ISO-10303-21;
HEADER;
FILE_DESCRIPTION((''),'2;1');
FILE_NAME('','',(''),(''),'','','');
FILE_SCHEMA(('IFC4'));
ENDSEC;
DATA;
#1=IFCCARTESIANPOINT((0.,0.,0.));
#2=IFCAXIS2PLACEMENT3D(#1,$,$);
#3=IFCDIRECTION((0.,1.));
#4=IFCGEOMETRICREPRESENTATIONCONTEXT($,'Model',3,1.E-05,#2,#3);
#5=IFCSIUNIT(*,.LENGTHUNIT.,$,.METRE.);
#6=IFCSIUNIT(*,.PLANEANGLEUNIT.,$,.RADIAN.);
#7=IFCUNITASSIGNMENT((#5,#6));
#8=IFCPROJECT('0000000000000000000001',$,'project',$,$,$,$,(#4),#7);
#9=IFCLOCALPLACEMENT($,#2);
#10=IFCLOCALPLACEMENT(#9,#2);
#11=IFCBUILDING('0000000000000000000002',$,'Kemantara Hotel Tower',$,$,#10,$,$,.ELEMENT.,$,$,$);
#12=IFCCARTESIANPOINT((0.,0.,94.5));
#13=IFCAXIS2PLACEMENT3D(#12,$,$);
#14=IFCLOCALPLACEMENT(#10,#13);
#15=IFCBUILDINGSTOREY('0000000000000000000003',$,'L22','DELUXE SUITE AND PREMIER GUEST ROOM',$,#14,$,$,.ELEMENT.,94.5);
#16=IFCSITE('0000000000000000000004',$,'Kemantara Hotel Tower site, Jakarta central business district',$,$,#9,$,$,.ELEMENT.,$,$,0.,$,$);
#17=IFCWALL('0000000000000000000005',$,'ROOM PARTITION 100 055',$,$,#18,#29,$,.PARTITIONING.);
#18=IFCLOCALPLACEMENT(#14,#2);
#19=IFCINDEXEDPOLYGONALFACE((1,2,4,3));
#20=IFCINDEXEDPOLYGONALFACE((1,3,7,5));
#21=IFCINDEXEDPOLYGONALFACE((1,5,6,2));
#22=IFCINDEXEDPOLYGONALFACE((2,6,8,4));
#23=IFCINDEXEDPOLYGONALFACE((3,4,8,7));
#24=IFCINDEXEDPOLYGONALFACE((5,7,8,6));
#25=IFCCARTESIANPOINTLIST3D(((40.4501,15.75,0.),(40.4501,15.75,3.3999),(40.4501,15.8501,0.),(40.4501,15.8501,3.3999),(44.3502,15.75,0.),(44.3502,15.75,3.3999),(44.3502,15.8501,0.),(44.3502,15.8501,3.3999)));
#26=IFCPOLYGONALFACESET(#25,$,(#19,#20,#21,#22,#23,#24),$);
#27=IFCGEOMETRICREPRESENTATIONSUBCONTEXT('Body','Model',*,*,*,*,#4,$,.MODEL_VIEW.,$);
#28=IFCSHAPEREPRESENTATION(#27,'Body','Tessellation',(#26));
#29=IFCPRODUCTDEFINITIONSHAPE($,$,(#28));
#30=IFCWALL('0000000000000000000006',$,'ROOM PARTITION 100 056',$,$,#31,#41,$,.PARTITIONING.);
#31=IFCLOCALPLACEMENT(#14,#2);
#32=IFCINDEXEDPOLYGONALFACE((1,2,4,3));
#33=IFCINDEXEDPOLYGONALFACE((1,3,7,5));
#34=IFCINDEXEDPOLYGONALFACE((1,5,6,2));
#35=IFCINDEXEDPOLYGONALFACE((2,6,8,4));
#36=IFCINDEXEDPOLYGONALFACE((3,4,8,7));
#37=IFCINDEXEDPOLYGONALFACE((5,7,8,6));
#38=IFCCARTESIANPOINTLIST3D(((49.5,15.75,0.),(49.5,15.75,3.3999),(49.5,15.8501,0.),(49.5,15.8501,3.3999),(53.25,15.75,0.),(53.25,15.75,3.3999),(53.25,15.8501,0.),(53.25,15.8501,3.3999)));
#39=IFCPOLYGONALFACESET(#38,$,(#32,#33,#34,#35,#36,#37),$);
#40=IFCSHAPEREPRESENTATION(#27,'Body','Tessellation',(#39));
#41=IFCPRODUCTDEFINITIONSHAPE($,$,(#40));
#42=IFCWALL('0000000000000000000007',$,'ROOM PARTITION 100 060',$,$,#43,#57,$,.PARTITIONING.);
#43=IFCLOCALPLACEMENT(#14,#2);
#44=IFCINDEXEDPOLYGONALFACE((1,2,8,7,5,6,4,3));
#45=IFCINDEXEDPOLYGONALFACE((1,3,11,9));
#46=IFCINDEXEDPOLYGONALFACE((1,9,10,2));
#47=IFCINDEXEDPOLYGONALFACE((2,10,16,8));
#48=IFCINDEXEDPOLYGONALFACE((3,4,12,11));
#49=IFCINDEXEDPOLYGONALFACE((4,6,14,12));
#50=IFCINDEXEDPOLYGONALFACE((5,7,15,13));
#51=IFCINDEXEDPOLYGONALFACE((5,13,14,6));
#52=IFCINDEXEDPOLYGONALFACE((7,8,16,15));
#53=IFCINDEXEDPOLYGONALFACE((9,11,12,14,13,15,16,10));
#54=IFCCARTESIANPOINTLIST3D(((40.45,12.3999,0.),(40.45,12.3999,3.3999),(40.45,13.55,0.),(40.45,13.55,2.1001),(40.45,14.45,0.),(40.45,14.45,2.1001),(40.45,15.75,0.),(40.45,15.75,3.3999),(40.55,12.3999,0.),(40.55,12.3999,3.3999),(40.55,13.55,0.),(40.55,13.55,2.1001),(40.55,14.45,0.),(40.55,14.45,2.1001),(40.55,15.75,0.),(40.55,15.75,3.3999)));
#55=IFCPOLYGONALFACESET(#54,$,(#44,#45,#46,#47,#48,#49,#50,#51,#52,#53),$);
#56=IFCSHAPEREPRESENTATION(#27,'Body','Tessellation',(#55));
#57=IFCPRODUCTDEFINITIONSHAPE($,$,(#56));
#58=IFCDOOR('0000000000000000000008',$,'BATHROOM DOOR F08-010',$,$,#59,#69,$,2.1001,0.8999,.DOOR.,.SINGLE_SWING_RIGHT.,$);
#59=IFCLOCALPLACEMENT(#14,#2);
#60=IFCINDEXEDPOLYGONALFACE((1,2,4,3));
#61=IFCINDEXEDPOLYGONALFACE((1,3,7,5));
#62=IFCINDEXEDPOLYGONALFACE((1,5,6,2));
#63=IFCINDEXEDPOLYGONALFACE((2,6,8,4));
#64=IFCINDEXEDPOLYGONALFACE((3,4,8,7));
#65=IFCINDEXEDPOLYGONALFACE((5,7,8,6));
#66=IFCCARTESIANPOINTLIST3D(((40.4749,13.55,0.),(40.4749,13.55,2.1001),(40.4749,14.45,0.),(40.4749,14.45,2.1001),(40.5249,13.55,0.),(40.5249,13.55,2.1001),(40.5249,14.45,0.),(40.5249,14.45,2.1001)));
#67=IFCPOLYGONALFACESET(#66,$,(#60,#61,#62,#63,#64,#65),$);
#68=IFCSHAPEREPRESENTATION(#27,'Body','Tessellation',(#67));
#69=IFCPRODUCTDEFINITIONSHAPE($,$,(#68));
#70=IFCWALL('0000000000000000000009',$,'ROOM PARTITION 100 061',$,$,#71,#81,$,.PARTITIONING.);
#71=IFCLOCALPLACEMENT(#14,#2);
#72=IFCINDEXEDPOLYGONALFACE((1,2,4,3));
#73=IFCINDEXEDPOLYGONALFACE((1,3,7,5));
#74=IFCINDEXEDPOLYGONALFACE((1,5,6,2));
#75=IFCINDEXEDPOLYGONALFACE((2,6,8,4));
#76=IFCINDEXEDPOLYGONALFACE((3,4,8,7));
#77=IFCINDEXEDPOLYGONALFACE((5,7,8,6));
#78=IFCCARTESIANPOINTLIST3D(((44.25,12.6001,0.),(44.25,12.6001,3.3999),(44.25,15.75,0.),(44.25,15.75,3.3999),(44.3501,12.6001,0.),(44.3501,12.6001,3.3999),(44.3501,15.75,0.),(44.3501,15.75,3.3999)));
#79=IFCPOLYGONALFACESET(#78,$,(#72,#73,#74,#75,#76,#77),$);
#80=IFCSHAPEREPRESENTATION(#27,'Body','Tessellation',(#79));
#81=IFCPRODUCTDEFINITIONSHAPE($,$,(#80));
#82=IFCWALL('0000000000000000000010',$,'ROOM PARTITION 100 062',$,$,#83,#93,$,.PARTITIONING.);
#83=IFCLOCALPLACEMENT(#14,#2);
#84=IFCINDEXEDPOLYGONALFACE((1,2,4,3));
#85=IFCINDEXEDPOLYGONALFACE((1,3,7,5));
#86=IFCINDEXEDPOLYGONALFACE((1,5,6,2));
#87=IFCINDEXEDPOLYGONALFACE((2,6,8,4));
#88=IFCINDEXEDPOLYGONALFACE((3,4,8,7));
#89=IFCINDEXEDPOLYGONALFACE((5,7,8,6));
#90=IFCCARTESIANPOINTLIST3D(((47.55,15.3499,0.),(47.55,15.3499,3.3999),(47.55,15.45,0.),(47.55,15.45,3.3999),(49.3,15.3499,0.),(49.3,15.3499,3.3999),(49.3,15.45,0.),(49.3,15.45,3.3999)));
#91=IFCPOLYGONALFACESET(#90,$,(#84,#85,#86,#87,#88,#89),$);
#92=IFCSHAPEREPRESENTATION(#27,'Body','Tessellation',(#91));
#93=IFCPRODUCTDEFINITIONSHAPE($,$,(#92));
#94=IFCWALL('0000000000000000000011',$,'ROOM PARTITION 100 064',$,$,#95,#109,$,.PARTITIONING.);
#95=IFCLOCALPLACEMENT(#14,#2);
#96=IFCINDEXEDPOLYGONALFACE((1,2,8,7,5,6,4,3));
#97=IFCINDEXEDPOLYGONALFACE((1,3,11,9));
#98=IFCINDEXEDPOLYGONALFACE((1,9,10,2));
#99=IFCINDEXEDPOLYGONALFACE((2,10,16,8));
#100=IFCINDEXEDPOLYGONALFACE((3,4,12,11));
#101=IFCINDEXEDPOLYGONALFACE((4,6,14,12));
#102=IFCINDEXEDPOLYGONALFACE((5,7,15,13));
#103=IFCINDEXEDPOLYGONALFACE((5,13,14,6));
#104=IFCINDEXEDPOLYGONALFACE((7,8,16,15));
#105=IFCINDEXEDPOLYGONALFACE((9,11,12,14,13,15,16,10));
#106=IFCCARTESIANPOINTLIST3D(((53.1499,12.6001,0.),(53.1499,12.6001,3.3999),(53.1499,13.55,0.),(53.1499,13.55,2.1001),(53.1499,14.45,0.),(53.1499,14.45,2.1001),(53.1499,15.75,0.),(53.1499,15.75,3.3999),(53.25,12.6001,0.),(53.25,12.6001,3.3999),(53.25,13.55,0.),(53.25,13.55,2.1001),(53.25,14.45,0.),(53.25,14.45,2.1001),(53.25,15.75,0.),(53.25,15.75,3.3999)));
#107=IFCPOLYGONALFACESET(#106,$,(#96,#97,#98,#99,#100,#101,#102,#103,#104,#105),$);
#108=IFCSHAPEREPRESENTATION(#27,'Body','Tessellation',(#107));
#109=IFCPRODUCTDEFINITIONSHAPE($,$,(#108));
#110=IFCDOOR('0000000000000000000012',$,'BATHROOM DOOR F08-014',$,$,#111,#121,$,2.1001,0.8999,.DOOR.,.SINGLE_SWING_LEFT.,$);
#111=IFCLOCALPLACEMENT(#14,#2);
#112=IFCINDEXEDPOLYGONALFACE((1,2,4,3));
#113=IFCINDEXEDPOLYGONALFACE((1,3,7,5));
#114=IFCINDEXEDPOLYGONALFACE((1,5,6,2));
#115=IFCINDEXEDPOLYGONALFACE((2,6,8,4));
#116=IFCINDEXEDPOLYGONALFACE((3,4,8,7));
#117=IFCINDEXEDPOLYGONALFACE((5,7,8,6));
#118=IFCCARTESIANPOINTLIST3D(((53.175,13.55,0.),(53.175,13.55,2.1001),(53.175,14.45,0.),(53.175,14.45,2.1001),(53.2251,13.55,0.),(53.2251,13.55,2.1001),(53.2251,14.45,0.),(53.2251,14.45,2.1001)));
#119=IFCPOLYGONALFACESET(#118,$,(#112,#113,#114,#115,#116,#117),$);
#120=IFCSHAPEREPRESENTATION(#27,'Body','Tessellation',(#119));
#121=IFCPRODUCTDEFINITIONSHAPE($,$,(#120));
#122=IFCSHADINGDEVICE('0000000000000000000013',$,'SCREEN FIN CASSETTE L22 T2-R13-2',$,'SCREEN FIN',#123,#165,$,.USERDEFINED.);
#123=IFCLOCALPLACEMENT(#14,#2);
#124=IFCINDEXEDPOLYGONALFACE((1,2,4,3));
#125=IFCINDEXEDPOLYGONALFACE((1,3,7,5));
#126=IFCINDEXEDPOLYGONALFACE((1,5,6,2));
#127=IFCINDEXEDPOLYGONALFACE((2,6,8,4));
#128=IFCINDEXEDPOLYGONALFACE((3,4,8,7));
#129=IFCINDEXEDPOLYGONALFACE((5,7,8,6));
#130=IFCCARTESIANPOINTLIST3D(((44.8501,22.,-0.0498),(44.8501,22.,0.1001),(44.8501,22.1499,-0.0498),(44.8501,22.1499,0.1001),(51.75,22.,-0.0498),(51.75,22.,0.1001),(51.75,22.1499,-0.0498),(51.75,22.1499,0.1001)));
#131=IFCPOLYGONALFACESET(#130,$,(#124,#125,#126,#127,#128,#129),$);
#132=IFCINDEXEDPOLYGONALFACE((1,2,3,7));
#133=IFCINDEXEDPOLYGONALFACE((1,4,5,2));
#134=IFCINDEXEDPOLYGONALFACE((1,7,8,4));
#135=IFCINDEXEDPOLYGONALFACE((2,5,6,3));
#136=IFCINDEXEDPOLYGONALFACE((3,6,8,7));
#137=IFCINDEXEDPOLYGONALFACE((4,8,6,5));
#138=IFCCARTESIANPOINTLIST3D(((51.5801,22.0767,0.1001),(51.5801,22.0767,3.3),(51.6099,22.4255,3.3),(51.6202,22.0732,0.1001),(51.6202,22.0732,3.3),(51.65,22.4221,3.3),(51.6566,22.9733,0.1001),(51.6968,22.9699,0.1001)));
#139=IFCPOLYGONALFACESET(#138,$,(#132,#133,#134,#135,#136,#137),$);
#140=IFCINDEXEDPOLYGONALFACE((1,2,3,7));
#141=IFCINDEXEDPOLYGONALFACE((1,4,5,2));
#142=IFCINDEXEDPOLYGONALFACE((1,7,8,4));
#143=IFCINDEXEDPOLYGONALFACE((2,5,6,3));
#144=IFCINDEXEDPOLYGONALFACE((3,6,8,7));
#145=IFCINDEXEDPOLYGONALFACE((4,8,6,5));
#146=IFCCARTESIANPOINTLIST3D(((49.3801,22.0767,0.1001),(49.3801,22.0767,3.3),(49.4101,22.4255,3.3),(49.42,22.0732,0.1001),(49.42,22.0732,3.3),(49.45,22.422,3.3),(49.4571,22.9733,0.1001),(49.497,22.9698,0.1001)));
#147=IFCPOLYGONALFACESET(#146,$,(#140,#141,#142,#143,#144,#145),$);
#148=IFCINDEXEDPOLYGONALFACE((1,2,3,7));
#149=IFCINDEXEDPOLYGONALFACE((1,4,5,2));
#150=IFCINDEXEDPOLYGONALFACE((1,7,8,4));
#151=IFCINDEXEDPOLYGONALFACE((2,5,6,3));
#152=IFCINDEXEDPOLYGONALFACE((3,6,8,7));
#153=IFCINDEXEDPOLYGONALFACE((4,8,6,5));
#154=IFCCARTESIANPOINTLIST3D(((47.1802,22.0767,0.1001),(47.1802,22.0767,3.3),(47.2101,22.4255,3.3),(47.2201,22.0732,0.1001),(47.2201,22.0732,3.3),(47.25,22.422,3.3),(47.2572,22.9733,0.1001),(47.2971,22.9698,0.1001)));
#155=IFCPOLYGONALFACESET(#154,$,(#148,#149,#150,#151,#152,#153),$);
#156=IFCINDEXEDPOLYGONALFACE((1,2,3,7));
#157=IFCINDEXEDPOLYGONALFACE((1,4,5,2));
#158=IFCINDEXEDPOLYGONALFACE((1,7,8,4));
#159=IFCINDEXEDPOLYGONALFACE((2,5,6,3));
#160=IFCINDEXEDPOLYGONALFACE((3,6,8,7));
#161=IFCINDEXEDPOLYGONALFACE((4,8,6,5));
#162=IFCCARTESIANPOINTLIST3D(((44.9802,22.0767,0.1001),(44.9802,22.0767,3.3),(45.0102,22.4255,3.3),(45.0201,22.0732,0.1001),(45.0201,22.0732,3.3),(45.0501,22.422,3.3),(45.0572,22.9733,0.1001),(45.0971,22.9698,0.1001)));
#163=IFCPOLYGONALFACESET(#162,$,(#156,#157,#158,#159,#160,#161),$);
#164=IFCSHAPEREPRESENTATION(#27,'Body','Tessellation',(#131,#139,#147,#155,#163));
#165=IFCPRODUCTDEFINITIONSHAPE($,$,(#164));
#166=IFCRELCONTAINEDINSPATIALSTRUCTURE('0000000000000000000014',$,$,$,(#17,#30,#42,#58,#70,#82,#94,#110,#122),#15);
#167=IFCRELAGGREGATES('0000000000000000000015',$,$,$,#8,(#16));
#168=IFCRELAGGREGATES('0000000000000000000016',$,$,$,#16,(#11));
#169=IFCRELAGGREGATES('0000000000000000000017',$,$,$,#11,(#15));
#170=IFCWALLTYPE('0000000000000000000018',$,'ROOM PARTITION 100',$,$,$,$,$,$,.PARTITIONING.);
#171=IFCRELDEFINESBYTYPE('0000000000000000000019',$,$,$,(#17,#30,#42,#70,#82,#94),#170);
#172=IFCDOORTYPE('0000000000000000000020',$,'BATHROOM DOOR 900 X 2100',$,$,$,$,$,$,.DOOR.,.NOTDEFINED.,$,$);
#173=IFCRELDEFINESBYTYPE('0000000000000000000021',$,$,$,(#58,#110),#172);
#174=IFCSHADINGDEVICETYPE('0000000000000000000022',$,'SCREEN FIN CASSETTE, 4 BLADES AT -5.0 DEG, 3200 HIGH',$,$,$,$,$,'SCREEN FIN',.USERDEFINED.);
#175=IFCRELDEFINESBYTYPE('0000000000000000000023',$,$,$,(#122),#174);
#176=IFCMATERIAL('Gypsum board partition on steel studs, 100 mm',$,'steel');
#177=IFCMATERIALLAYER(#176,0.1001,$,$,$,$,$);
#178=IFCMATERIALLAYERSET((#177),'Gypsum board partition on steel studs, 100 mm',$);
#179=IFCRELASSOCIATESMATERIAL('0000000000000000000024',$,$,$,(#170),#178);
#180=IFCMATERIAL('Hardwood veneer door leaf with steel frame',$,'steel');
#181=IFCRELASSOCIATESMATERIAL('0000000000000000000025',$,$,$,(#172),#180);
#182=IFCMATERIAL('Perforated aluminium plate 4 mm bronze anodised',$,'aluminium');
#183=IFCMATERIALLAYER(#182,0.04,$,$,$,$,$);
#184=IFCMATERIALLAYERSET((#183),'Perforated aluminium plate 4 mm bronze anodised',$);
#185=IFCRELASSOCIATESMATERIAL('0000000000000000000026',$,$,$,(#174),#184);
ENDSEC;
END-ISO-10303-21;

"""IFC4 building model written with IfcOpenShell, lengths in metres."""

from ifc_helpers import new_model, si_unit, direction, frame, frame_2d, origin, origin_2d, place, context, subcontext, project, spatial, polyline, rectangle, outline, extrude, source, transform, mapped, material, layer, layer_set, type_object, element, fill, save


model = new_model("IFC4")

# Units and contexts
model_context = context("Model", 3, precision=1e-05, world=origin(), true_north=direction((0.0, 1.0)))
body_context = subcontext(model_context, "Body", "Model", "MODEL_VIEW")
ifc_project = project(units=[si_unit("LENGTHUNIT", "METRE"), si_unit("PLANEANGLEUNIT", "RADIAN")], contexts=[model_context])

# Site, building, storey
site_placement = place(None, origin())
site = spatial("IfcSite", under=ifc_project, at=site_placement, Name="Kemantara Hotel Tower site, Jakarta central business district", CompositionType="ELEMENT", RefElevation=0.0)
building_placement = place(site_placement, origin())
building = spatial("IfcBuilding", under=site, at=building_placement, Name="Kemantara Hotel Tower", CompositionType="ELEMENT")
storey_placement = place(building_placement, frame((0.0, 0.0, 94.5)))
storey = spatial("IfcBuildingStorey", under=building, at=storey_placement, Name="L22", Description="DELUXE SUITE AND PREMIER GUEST ROOM", CompositionType="ELEMENT", Elevation=94.5)

# Walls
ifc_material_1 = material(Name="Gypsum board partition on steel studs, 100 mm", Category="steel")
ifc_layer_1 = layer(ifc_material_1, 0.1001)
ifc_layer_set_1 = layer_set([ifc_layer_1], Name="Gypsum board partition on steel studs, 100 mm")
wall_type_1 = type_object("IfcWallType", Name="ROOM PARTITION 100", PredefinedType="PARTITIONING", material=ifc_layer_set_1)
wall_1_placement = place(storey_placement, frame((40.45, 15.8, 0.0), z_axis=(0.0, 0.0, 1.0), x_axis=(1.0, 0.0, 0.0)))
element("IfcWall", 1, at=wall_1_placement, inside=storey, type_object=wall_type_1, Name="ROOM PARTITION 100 055", PredefinedType="PARTITIONING", context=body_context, shape_type="SweptSolid", body=[
    extrude(rectangle(XDim=3.9001, YDim=0.1001, at=frame_2d((1.9502, 0.0))), origin(), (0.0, 0.0, 1.0), 3.3999),
])
wall_2_placement = place(storey_placement, frame((49.5, 15.8, 0.0), z_axis=(0.0, 0.0, 1.0), x_axis=(1.0, 0.0, 0.0)))
element("IfcWall", 2, at=wall_2_placement, inside=storey, type_object=wall_type_1, Name="ROOM PARTITION 100 056", PredefinedType="PARTITIONING", context=body_context, shape_type="SweptSolid", body=[
    extrude(rectangle(XDim=3.75, YDim=0.1001, at=frame_2d((1.875, 0.0))), origin(), (0.0, 0.0, 1.0), 3.3999),
])

# Wall, opening, door
wall_3_placement = place(storey_placement, frame((40.5, 15.75, 0.0), z_axis=(0.0, 0.0, 1.0), x_axis=(0.0, -1.0, 0.0)))
wall_3 = element("IfcWall", 3, at=wall_3_placement, inside=storey, type_object=wall_type_1, Name="ROOM PARTITION 100 060", PredefinedType="PARTITIONING", context=body_context, shape_type="SweptSolid", body=[
    extrude(rectangle(XDim=3.3501, YDim=0.1001, at=frame_2d((1.675, 0.0))), origin(), (0.0, 0.0, 1.0), 3.3999),
])
opening_1_placement = place(wall_3_placement, frame((1.3, 0.0, 0.0)))
opening_1 = element("IfcOpeningElement", 4, at=opening_1_placement, cuts=wall_3, PredefinedType="OPENING", context=body_context, shape_type="SweptSolid", body=[
    extrude(rectangle(XDim=0.8999, YDim=2.1001, at=frame_2d((0.45, 1.05))), frame((0.0, 0.0601, 0.0), z_axis=(0.0, -1.0, 0.0), x_axis=(1.0, 0.0, 0.0)), (0.0, 0.0, 1.0), 0.1201),
])
ifc_material_2 = material(Name="Hardwood veneer door leaf with steel frame", Category="steel")
door_type = type_object("IfcDoorType", Name="BATHROOM DOOR 900 X 2100", OperationType="NOTDEFINED", PredefinedType="DOOR", material=ifc_material_2)
door_1_placement = place(opening_1_placement, origin())
door_1 = element("IfcDoor", 5, at=door_1_placement, inside=storey, type_object=door_type, Name="BATHROOM DOOR F08-010", OperationType="SINGLE_SWING_RIGHT", OverallHeight=2.1001, OverallWidth=0.8999, PredefinedType="DOOR", context=body_context, shape_type="SweptSolid", body=[
    extrude(rectangle(XDim=0.8999, YDim=2.1001, at=frame_2d((0.45, 1.05))), frame((0.0, 0.0249, 0.0), z_axis=(0.0, -1.0, 0.0), x_axis=(1.0, 0.0, 0.0)), (0.0, 0.0, 1.0), 0.05),
])
fill(opening_1, door_1)

# Walls
wall_4_placement = place(storey_placement, frame((44.3, 12.6001, 0.0), z_axis=(0.0, 0.0, 1.0), x_axis=(0.0, 1.0, 0.0)))
element("IfcWall", 6, at=wall_4_placement, inside=storey, type_object=wall_type_1, Name="ROOM PARTITION 100 061", PredefinedType="PARTITIONING", context=body_context, shape_type="SweptSolid", body=[
    extrude(rectangle(XDim=3.1499, YDim=0.1001, at=frame_2d((1.575, 0.0))), origin(), (0.0, 0.0, 1.0), 3.3999),
])
wall_5_placement = place(storey_placement, frame((47.55, 15.3999, 0.0), z_axis=(0.0, 0.0, 1.0), x_axis=(1.0, 0.0, 0.0)))
element("IfcWall", 7, at=wall_5_placement, inside=storey, type_object=wall_type_1, Name="ROOM PARTITION 100 062", PredefinedType="PARTITIONING", context=body_context, shape_type="SweptSolid", body=[
    extrude(rectangle(XDim=1.75, YDim=0.1001, at=frame_2d((0.875, 0.0))), origin(), (0.0, 0.0, 1.0), 3.3999),
])

# Wall, opening, door
wall_6_placement = place(storey_placement, frame((53.2, 12.6001, 0.0), z_axis=(0.0, 0.0, 1.0), x_axis=(0.0, 1.0, 0.0)))
wall_6 = element("IfcWall", 8, at=wall_6_placement, inside=storey, type_object=wall_type_1, Name="ROOM PARTITION 100 064", PredefinedType="PARTITIONING", context=body_context, shape_type="SweptSolid", body=[
    extrude(rectangle(XDim=3.1499, YDim=0.1001, at=frame_2d((1.575, 0.0))), origin(), (0.0, 0.0, 1.0), 3.3999),
])
opening_2_placement = place(wall_6_placement, frame((0.95, 0.0, 0.0)))
opening_2 = element("IfcOpeningElement", 9, at=opening_2_placement, cuts=wall_6, PredefinedType="OPENING", context=body_context, shape_type="SweptSolid", body=[
    extrude(rectangle(XDim=0.8999, YDim=2.1001, at=frame_2d((0.45, 1.05))), frame((0.0, 0.0601, 0.0), z_axis=(0.0, -1.0, 0.0), x_axis=(1.0, 0.0, 0.0)), (0.0, 0.0, 1.0), 0.1201),
])
door_2_placement = place(opening_2_placement, origin())
door_2 = element("IfcDoor", 10, at=door_2_placement, inside=storey, type_object=door_type, Name="BATHROOM DOOR F08-014", OperationType="SINGLE_SWING_LEFT", OverallHeight=2.1001, OverallWidth=0.8999, PredefinedType="DOOR", context=body_context, shape_type="SweptSolid", body=[
    extrude(rectangle(XDim=0.8999, YDim=2.1001, at=frame_2d((0.45, 1.05))), frame((0.0, 0.0249, 0.0), z_axis=(0.0, -1.0, 0.0), x_axis=(1.0, 0.0, 0.0)), (0.0, 0.0, 1.0), 0.05),
])
fill(opening_2, door_2)

# Shading device
ifc_material_3 = material(Name="Perforated aluminium plate 4 mm bronze anodised", Category="aluminium")
ifc_layer_2 = layer(ifc_material_3, 0.04)
ifc_layer_set_2 = layer_set([ifc_layer_2], Name="Perforated aluminium plate 4 mm bronze anodised")
shading_device_type_1 = type_object("IfcShadingDeviceType", Name="SCREEN FIN CASSETTE, 4 BLADES AT -5.0 DEG, 3200 HIGH", ElementType="SCREEN FIN", PredefinedType="USERDEFINED", material=ifc_layer_set_2)
shared_shape_1 = source(origin(), body_context, "Body", "SweptSolid", [
    extrude(rectangle(XDim=6.8999, YDim=0.1499, at=origin_2d()), frame((3.3, -0.075, -0.1499), z_axis=(0.0, 0.0, 1.0), x_axis=(1.0, 0.0, 0.0)), (0.0, 0.0, 1.0), 0.1499),
    extrude(outline(polyline([(0.0, 0.0), (0.8999, 0.0), (0.3501, 3.2), (0.0, 3.2), (0.0, 0.0)])), frame((0.02, -0.0767, 0.0), z_axis=(-0.996376, 0.085056, 0.0), x_axis=(-0.085056, -0.996376, 0.0)), (0.0, 0.0, 1.0), 0.0403),
    extrude(outline(polyline([(0.0, 0.0), (0.8999, 0.0), (0.3501, 3.2), (0.0, 3.2), (0.0, 0.0)])), frame((2.22, -0.0767, 0.0), z_axis=(-0.996332, 0.085575, 0.0), x_axis=(-0.085575, -0.996332, 0.0)), (0.0, 0.0, 1.0), 0.04),
    extrude(outline(polyline([(0.0, 0.0), (0.8999, 0.0), (0.3501, 3.2), (0.0, 3.2), (0.0, 0.0)])), frame((4.4199, -0.0767, 0.0), z_axis=(-0.996332, 0.085575, 0.0), x_axis=(-0.085575, -0.996332, 0.0)), (0.0, 0.0, 1.0), 0.04),
    extrude(outline(polyline([(0.0, 0.0), (0.8999, 0.0), (0.3501, 3.2), (0.0, 3.2), (0.0, 0.0)])), frame((6.6199, -0.0767, 0.0), z_axis=(-0.996332, 0.085575, 0.0), x_axis=(-0.085575, -0.996332, 0.0)), (0.0, 0.0, 1.0), 0.04),
])
shading_device_1_placement = place(storey_placement, frame((51.6001, 22.0, 0.1001), z_axis=(0.0, 0.0, 1.0), x_axis=(-1.0, 0.0, 0.0)))
element("IfcShadingDevice", 11, at=shading_device_1_placement, inside=storey, type_object=shading_device_type_1, Name="SCREEN FIN CASSETTE L22 T2-R13-2", ObjectType="SCREEN FIN", PredefinedType="USERDEFINED", context=body_context, shape_type="MappedRepresentation", body=[
    mapped(shared_shape_1, transform((0.0, 0.0, 0.0))),
])

save(model, "model.ifc")
